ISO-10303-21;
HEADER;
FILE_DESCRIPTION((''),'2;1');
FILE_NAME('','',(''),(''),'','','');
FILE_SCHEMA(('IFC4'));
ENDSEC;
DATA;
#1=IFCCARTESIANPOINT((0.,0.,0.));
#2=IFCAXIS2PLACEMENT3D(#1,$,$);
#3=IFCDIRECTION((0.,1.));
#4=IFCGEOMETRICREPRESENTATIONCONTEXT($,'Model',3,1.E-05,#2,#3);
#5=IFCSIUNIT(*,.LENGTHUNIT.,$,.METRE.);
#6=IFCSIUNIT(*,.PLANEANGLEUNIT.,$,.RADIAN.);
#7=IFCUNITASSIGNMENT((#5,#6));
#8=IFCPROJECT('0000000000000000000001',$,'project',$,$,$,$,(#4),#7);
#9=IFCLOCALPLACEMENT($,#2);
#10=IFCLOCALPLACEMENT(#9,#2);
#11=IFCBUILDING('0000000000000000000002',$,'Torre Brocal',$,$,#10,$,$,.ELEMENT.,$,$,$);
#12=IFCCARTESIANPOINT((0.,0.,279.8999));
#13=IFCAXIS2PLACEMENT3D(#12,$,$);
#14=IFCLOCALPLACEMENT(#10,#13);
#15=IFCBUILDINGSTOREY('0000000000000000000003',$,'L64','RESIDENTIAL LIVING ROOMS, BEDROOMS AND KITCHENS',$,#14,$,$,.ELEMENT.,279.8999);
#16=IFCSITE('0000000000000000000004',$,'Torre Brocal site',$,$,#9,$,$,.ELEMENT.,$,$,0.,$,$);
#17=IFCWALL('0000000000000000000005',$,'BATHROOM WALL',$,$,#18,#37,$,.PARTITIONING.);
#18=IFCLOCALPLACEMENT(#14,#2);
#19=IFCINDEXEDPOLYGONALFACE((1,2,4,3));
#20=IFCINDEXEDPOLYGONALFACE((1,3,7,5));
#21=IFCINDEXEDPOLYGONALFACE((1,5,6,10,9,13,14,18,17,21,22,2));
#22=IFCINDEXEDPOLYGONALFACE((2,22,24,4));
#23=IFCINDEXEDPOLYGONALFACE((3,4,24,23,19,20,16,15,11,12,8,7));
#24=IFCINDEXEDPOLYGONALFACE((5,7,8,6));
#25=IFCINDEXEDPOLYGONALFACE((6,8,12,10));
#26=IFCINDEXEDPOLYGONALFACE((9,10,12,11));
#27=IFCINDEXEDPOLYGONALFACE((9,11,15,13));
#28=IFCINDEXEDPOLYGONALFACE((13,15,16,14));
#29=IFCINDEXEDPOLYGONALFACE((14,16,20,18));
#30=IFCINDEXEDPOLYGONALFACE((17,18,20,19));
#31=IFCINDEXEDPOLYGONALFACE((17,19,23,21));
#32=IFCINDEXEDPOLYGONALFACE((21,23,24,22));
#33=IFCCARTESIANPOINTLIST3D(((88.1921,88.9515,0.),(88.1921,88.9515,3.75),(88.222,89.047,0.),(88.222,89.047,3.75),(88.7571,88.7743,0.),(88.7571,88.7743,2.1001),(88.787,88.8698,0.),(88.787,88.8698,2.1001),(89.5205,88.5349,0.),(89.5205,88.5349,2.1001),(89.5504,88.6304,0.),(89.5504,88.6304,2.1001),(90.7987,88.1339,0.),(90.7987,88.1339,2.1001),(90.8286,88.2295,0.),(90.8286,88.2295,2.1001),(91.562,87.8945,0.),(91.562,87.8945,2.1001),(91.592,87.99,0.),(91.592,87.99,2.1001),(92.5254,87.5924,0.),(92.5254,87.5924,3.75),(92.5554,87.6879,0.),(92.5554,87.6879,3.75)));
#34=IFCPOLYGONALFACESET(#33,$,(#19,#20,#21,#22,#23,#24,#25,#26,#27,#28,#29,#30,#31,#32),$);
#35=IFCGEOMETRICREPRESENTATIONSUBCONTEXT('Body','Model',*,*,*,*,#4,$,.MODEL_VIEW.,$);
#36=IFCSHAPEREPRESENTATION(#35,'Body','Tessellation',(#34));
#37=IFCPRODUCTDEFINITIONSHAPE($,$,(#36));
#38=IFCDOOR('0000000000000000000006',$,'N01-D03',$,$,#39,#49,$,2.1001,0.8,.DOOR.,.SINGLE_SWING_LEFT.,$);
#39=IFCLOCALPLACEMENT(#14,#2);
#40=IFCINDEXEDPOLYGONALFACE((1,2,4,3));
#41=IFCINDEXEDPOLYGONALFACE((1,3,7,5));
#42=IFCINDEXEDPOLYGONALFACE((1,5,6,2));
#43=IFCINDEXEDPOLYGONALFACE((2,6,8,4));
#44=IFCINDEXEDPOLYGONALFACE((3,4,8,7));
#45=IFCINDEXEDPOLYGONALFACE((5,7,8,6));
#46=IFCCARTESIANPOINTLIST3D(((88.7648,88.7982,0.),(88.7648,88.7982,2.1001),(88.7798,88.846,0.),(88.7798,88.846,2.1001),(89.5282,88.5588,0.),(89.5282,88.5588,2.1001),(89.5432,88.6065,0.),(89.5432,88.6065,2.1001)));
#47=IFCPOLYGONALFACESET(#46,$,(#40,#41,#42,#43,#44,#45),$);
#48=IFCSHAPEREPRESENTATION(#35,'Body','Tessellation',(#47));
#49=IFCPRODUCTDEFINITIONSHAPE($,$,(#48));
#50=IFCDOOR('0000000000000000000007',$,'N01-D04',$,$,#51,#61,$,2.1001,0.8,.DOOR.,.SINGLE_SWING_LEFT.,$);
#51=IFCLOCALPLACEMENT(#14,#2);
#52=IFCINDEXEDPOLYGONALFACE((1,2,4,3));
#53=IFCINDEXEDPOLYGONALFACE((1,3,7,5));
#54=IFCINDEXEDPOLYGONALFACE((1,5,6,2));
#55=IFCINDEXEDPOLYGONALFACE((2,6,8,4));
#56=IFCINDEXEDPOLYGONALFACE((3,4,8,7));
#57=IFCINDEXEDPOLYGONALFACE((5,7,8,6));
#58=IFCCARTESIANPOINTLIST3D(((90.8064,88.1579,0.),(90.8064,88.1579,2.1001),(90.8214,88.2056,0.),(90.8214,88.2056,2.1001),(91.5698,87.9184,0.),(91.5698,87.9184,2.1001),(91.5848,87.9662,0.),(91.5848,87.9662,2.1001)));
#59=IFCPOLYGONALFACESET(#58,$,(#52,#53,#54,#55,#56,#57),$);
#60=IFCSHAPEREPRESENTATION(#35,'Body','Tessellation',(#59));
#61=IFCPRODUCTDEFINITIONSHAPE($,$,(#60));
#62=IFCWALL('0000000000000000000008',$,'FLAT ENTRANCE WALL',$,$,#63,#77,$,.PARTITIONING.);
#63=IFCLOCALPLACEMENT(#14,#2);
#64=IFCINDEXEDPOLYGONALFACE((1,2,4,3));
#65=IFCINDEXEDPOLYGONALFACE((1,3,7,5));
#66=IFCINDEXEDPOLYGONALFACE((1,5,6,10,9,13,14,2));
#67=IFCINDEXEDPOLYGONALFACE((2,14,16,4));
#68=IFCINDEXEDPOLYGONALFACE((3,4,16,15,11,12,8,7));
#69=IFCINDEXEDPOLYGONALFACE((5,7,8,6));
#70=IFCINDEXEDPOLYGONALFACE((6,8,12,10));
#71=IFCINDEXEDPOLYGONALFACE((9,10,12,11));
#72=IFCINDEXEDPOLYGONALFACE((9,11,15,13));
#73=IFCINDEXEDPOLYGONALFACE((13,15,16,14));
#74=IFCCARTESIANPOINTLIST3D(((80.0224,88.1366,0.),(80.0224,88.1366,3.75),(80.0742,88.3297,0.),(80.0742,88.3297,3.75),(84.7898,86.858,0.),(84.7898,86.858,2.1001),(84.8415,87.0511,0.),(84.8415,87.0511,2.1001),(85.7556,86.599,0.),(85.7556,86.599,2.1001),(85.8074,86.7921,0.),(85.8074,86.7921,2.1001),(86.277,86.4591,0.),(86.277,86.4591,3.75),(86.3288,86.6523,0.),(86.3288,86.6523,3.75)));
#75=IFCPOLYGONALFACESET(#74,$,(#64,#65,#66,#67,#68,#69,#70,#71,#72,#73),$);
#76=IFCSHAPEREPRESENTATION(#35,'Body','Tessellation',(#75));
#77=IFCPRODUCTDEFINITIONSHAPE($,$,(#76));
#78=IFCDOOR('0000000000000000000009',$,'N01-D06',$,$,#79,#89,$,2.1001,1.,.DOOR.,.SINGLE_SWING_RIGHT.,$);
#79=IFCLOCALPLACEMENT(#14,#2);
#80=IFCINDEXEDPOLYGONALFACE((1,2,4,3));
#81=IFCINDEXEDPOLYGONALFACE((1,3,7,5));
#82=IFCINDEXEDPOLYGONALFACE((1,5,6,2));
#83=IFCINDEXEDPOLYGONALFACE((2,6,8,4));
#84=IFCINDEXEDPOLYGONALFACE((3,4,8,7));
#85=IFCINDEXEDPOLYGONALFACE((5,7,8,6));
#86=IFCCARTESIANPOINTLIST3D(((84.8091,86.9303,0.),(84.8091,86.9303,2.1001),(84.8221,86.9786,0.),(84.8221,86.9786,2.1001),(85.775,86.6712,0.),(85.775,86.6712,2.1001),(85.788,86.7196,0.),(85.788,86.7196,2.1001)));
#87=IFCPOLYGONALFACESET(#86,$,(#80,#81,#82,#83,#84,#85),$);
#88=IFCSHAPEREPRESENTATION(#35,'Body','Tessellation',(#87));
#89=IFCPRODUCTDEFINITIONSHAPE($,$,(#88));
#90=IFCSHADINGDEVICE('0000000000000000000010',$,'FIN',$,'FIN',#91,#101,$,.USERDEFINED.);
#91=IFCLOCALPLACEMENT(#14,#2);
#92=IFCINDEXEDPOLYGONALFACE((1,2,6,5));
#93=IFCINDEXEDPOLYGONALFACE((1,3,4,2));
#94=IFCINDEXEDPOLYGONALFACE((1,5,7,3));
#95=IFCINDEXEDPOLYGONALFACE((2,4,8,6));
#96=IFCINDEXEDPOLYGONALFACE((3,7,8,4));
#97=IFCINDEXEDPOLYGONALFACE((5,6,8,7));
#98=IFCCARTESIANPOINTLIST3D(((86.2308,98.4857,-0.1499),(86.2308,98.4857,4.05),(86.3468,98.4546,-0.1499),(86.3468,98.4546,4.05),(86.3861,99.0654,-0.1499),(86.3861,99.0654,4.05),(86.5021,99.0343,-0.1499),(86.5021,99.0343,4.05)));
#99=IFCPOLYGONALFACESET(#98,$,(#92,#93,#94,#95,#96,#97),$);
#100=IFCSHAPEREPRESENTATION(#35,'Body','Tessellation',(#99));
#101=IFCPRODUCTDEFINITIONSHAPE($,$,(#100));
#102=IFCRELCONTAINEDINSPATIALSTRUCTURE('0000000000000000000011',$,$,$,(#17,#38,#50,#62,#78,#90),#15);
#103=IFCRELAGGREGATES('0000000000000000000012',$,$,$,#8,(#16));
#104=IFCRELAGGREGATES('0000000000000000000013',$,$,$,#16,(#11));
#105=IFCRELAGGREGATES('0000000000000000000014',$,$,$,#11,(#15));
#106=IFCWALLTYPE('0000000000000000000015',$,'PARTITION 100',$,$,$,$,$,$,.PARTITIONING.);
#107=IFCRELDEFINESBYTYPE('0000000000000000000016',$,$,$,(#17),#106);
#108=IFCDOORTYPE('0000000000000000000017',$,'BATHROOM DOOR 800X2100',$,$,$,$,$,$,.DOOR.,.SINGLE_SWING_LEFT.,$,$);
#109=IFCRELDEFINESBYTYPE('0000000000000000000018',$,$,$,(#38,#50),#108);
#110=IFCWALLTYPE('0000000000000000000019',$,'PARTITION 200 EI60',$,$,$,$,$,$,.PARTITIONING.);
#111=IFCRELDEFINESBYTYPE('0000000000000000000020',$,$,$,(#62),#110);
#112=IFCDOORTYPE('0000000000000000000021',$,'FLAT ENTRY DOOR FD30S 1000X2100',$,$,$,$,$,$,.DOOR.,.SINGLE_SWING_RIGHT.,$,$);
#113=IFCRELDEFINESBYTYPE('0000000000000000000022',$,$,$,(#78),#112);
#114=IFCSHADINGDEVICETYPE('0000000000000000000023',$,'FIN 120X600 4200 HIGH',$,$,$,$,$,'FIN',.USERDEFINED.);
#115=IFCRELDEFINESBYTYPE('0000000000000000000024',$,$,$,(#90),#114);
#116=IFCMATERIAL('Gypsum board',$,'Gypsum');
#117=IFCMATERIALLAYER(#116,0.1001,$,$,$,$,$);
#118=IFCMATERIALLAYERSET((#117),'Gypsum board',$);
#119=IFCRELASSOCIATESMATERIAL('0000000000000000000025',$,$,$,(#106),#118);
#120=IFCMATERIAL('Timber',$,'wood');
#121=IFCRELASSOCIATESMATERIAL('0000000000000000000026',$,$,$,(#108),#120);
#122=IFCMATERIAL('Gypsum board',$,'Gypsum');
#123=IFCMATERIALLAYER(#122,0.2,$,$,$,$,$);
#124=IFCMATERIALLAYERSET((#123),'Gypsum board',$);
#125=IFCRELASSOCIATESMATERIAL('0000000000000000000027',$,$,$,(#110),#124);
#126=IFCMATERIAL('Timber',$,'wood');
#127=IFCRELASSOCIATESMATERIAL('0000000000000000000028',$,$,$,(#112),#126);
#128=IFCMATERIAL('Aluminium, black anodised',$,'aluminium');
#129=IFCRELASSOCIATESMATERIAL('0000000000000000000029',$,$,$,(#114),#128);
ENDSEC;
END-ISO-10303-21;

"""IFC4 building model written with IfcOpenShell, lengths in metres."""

from ifc_helpers import new_model, si_unit, direction, frame, frame_2d, origin, origin_2d, place, context, subcontext, project, spatial, rectangle, extrude, material, layer, layer_set, material_profile, profile_set, type_object, element, fill, save


model = new_model("IFC4")

# Units and contexts
model_context = context("Model", 3, precision=1e-05, world=origin(), true_north=direction((0.0, 1.0)))
body_context = subcontext(model_context, "Body", "Model", "MODEL_VIEW")
ifc_project = project(units=[si_unit("LENGTHUNIT", "METRE"), si_unit("PLANEANGLEUNIT", "RADIAN")], contexts=[model_context])

# Site, building, storey
site_placement = place(None, origin())
site = spatial("IfcSite", under=ifc_project, at=site_placement, Name="Torre Brocal site", CompositionType="ELEMENT", RefElevation=0.0)
building_placement = place(site_placement, origin())
building = spatial("IfcBuilding", under=site, at=building_placement, Name="Torre Brocal", CompositionType="ELEMENT")
storey_placement = place(building_placement, frame((0.0, 0.0, 279.8999)))
storey = spatial("IfcBuildingStorey", under=building, at=storey_placement, Name="L64", Description="RESIDENTIAL LIVING ROOMS, BEDROOMS AND KITCHENS", CompositionType="ELEMENT", Elevation=279.8999)

# Shared definitions
ifc_material_1 = material(Name="Gypsum board", Category="Gypsum")
ifc_layer_1 = layer(ifc_material_1, 0.1001)
ifc_layer_set_1 = layer_set([ifc_layer_1], Name="Gypsum board")
wall_type_1 = type_object("IfcWallType", Name="PARTITION 100", PredefinedType="PARTITIONING", material=ifc_layer_set_1)

# Wall, openings, doors
ifc_material_2 = material(Name="Timber", Category="wood")
door_type_1 = type_object("IfcDoorType", Name="BATHROOM DOOR 800X2100", OperationType="SINGLE_SWING_LEFT", PredefinedType="DOOR", material=ifc_material_2)
wall_1_placement = place(storey_placement, frame((88.207, 88.9993, 0.0), z_axis=(0.0, 0.0, 1.0), x_axis=(0.954167, -0.299276, 0.0)))
wall_1 = element("IfcWall", 1, at=wall_1_placement, inside=storey, type_object=wall_type_1, Name="BATHROOM WALL", PredefinedType="PARTITIONING", context=body_context, shape_type="SweptSolid", body=[
    extrude(rectangle(XDim=4.5415, YDim=0.1001, at=frame_2d((2.2708, 0.0))), origin(), (0.0, 0.0, 1.0), 3.75),
])
opening_1_placement = place(wall_1_placement, frame((0.5923, 0.0, 0.0)))
opening_1 = element("IfcOpeningElement", 2, at=opening_1_placement, cuts=wall_1, PredefinedType="OPENING", context=body_context, shape_type="SweptSolid", body=[
    extrude(rectangle(XDim=0.8, YDim=2.1001, at=frame_2d((0.3999, 1.05))), frame((0.0, 0.0601, 0.0), z_axis=(0.0, -1.0, 0.0), x_axis=(1.0, 0.0, 0.0)), (0.0, 0.0, 1.0), 0.1201),
])
opening_2_placement = place(wall_1_placement, frame((2.7319, 0.0, 0.0)))
opening_2 = element("IfcOpeningElement", 3, at=opening_2_placement, cuts=wall_1, PredefinedType="OPENING", context=body_context, shape_type="SweptSolid", body=[
    extrude(rectangle(XDim=0.8, YDim=2.1001, at=frame_2d((0.3999, 1.05))), frame((0.0, 0.0601, 0.0), z_axis=(0.0, -1.0, 0.0), x_axis=(1.0, 0.0, 0.0)), (0.0, 0.0, 1.0), 0.1201),
])
door_1_placement = place(opening_1_placement, frame((0.8, 0.0, 0.0), z_axis=(0.0, 0.0, 1.0), x_axis=(-1.0, 0.0, 0.0)))
door_1 = element("IfcDoor", 4, at=door_1_placement, inside=storey, type_object=door_type_1, Name="N01-D03", OperationType="SINGLE_SWING_LEFT", OverallHeight=2.1001, OverallWidth=0.8, PredefinedType="DOOR", context=body_context, shape_type="SweptSolid", body=[
    extrude(rectangle(XDim=0.8, YDim=2.1001, at=frame_2d((0.3999, 1.05))), frame((0.0, 0.0249, 0.0), z_axis=(0.0, -1.0, 0.0), x_axis=(1.0, 0.0, 0.0)), (0.0, 0.0, 1.0), 0.05),
])
fill(opening_1, door_1)
door_2_placement = place(opening_2_placement, frame((0.8, 0.0, 0.0), z_axis=(0.0, 0.0, 1.0), x_axis=(-1.0, 0.0, 0.0)))
door_2 = element("IfcDoor", 5, at=door_2_placement, inside=storey, type_object=door_type_1, Name="N01-D04", OperationType="SINGLE_SWING_LEFT", OverallHeight=2.1001, OverallWidth=0.8, PredefinedType="DOOR", context=body_context, shape_type="SweptSolid", body=[
    extrude(rectangle(XDim=0.8, YDim=2.1001, at=frame_2d((0.3999, 1.05))), frame((0.0, 0.0249, 0.0), z_axis=(0.0, -1.0, 0.0), x_axis=(1.0, 0.0, 0.0)), (0.0, 0.0, 1.0), 0.05),
])
fill(opening_2, door_2)

# Wall, opening, door
ifc_material_3 = material(Name="Gypsum board", Category="Gypsum")
ifc_layer_2 = layer(ifc_material_3, 0.2)
ifc_layer_set_2 = layer_set([ifc_layer_2], Name="Gypsum board")
wall_type_2 = type_object("IfcWallType", Name="PARTITION 200 EI60", PredefinedType="PARTITIONING", material=ifc_layer_set_2)
wall_2_placement = place(storey_placement, frame((80.0483, 88.2332, 0.0), z_axis=(0.0, 0.0, 1.0), x_axis=(0.965865, -0.259045, 0.0)))
wall_2 = element("IfcWall", 6, at=wall_2_placement, inside=storey, type_object=wall_type_2, Name="FLAT ENTRANCE WALL", PredefinedType="PARTITIONING", context=body_context, shape_type="SweptSolid", body=[
    extrude(rectangle(XDim=6.4756, YDim=0.2, at=frame_2d((3.2378, 0.0))), origin(), (0.0, 0.0, 1.0), 3.75),
])
opening_3_placement = place(wall_2_placement, frame((4.9358, 0.0, 0.0)))
opening_3 = element("IfcOpeningElement", 7, at=opening_3_placement, cuts=wall_2, PredefinedType="OPENING", context=body_context, shape_type="SweptSolid", body=[
    extrude(rectangle(XDim=1.0, YDim=2.1001, at=frame_2d((0.5, 1.05))), frame((0.0, 0.1099, 0.0), z_axis=(0.0, -1.0, 0.0), x_axis=(1.0, 0.0, 0.0)), (0.0, 0.0, 1.0), 0.22),
])
ifc_material_4 = material(Name="Timber", Category="wood")
door_type_2 = type_object("IfcDoorType", Name="FLAT ENTRY DOOR FD30S 1000X2100", OperationType="SINGLE_SWING_RIGHT", PredefinedType="DOOR", material=ifc_material_4)
door_3_placement = place(opening_3_placement, origin())
door_3 = element("IfcDoor", 8, at=door_3_placement, inside=storey, type_object=door_type_2, Name="N01-D06", OperationType="SINGLE_SWING_RIGHT", OverallHeight=2.1001, OverallWidth=1.0, PredefinedType="DOOR", context=body_context, shape_type="SweptSolid", body=[
    extrude(rectangle(XDim=1.0, YDim=2.1001, at=frame_2d((0.5, 1.05))), frame((0.0, 0.0249, 0.0), z_axis=(0.0, -1.0, 0.0), x_axis=(1.0, 0.0, 0.0)), (0.0, 0.0, 1.0), 0.05),
])
fill(opening_3, door_3)

# Shading device
ifc_material_5 = material(Name="Aluminium, black anodised", Category="aluminium")
ifc_material_profile_1 = material_profile(ifc_material_5, rectangle(XDim=0.1201, YDim=0.6001, at=origin_2d()), Name="FIN 120X600 4200 HIGH")
ifc_profile_set_1 = profile_set([ifc_material_profile_1], Name="Aluminium, black anodised")
shading_device_type = type_object("IfcShadingDeviceType", Name="FIN 120X600 4200 HIGH", ElementType="FIN", PredefinedType="USERDEFINED", material=ifc_profile_set_1)
shading_device_placement = place(storey_placement, frame((86.3665, 98.76, -0.1499), z_axis=(0.0, 0.0, 1.0), x_axis=(-0.965926, 0.258819, 0.0)))
element("IfcShadingDevice", 9, at=shading_device_placement, inside=storey, type_object=shading_device_type, Name="FIN", ObjectType="FIN", PredefinedType="USERDEFINED", context=body_context, shape_type="SweptSolid", body=[
    extrude(rectangle(XDim=0.1201, YDim=0.6001, at=origin_2d()), origin(), (0.0, 0.0, 1.0), 4.2),
])

save(model, "model.ifc")
